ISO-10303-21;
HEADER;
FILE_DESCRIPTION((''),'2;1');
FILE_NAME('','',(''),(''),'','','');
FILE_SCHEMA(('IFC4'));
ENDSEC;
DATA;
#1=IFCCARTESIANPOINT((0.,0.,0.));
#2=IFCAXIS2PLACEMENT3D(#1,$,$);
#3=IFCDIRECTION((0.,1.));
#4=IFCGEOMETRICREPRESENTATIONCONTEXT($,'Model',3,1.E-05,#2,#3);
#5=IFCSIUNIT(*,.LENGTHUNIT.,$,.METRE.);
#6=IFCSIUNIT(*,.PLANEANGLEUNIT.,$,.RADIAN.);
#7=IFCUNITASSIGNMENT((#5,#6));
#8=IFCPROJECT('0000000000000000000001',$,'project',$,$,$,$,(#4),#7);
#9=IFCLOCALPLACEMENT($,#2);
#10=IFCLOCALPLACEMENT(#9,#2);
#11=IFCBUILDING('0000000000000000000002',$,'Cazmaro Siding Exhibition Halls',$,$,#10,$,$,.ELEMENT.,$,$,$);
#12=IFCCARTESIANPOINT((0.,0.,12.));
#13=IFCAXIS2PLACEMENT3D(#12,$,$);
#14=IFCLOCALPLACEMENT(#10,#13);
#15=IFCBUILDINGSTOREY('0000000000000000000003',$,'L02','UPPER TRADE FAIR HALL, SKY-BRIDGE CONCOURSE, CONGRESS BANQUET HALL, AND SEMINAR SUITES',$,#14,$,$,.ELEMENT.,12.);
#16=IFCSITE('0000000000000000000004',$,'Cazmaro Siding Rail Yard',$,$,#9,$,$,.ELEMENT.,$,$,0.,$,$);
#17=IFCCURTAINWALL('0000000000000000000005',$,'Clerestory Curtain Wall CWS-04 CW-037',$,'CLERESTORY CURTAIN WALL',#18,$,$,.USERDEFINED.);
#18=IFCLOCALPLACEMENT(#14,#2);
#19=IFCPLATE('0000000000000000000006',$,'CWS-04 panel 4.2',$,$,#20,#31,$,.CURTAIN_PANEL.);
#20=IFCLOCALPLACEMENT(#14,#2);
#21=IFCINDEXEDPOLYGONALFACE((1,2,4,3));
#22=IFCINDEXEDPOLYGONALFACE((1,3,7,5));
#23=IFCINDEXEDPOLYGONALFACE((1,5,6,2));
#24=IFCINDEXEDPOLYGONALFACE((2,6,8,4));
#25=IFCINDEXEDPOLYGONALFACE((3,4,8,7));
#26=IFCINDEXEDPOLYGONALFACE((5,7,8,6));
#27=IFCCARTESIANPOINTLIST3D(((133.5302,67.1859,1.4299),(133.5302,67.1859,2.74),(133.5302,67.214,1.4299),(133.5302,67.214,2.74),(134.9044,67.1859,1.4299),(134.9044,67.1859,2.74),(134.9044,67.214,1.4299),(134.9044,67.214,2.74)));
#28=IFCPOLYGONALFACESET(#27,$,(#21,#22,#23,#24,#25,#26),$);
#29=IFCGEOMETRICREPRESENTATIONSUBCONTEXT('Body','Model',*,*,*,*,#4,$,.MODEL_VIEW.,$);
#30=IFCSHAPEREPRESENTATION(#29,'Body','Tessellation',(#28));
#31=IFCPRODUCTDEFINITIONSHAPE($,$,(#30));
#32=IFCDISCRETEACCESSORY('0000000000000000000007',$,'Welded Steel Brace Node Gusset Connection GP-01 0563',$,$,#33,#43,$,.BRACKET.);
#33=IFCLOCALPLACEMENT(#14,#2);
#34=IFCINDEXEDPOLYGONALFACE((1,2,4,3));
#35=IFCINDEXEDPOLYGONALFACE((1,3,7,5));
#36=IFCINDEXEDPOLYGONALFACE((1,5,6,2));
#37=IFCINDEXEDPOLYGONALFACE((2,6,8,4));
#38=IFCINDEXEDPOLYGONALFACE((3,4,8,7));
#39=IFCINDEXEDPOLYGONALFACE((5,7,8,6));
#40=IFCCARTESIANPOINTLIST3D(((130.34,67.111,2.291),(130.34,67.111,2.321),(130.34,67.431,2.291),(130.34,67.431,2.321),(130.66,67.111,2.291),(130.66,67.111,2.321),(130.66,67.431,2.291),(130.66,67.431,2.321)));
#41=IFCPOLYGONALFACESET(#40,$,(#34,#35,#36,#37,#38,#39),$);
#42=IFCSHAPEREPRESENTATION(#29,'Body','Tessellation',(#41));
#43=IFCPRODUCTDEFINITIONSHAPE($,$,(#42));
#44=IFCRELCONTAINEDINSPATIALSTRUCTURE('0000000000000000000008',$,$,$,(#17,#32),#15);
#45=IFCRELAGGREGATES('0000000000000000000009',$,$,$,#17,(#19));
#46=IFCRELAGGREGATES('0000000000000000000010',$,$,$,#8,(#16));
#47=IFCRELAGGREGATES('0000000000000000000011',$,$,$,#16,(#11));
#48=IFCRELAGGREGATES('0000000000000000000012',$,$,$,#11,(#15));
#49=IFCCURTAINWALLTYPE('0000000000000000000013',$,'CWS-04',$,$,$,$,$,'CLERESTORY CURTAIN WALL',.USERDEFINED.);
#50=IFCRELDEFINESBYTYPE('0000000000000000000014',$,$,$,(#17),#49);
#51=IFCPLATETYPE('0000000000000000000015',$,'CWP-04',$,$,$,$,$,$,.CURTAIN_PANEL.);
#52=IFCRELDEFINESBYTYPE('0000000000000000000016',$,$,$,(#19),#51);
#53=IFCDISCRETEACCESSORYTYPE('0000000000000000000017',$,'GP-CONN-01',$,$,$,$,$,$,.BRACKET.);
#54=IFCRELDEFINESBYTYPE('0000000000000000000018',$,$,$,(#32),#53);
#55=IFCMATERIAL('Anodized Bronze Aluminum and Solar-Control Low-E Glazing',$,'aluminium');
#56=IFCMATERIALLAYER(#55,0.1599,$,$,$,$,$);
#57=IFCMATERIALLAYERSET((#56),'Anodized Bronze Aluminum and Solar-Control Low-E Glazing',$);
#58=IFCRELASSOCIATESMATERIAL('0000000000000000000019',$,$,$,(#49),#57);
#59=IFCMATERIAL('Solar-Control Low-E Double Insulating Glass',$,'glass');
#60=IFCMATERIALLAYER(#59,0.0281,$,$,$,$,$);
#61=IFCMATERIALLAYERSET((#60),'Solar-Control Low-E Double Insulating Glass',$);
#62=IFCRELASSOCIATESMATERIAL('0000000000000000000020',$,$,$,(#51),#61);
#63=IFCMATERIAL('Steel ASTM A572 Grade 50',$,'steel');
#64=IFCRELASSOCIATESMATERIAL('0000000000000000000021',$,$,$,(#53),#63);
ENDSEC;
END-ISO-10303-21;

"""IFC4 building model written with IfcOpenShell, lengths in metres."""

from ifc_helpers import new_model, si_unit, direction, frame, origin, origin_2d, place, context, subcontext, project, spatial, rectangle, extrude, material, layer, layer_set, type_object, element, aggregate, save


model = new_model("IFC4")

# Units and contexts
model_context = context("Model", 3, precision=1e-05, world=origin(), true_north=direction((0.0, 1.0)))
body_context = subcontext(model_context, "Body", "Model", "MODEL_VIEW")
ifc_project = project(units=[si_unit("LENGTHUNIT", "METRE"), si_unit("PLANEANGLEUNIT", "RADIAN")], contexts=[model_context])

# Site, building, storey
site_placement = place(None, origin())
site = spatial("IfcSite", under=ifc_project, at=site_placement, Name="Cazmaro Siding Rail Yard", CompositionType="ELEMENT", RefElevation=0.0)
building_placement = place(site_placement, origin())
building = spatial("IfcBuilding", under=site, at=building_placement, Name="Cazmaro Siding Exhibition Halls", CompositionType="ELEMENT")
storey_placement = place(building_placement, frame((0.0, 0.0, 12.0)))
storey = spatial("IfcBuildingStorey", under=building, at=storey_placement, Name="L02", Description="UPPER TRADE FAIR HALL, SKY-BRIDGE CONCOURSE, CONGRESS BANQUET HALL, AND SEMINAR SUITES", CompositionType="ELEMENT", Elevation=12.0)

# Shared definitions
ifc_material_1 = material(Name="Anodized Bronze Aluminum and Solar-Control Low-E Glazing", Category="aluminium")
ifc_layer_1 = layer(ifc_material_1, 0.1599)
ifc_layer_set_1 = layer_set([ifc_layer_1], Name="Anodized Bronze Aluminum and Solar-Control Low-E Glazing")
curtain_wall_type = type_object("IfcCurtainWallType", Name="CWS-04", ElementType="CLERESTORY CURTAIN WALL", PredefinedType="USERDEFINED", material=ifc_layer_set_1)

# Curtain wall
curtain_wall_1_placement = place(storey_placement, origin())
curtain_wall_1 = element("IfcCurtainWall", 1, at=curtain_wall_1_placement, inside=storey, type_object=curtain_wall_type, Name="Clerestory Curtain Wall CWS-04 CW-037", ObjectType="CLERESTORY CURTAIN WALL", PredefinedType="USERDEFINED")

# Plate
ifc_material_2 = material(Name="Solar-Control Low-E Double Insulating Glass", Category="glass")
ifc_layer_2 = layer(ifc_material_2, 0.0281)
ifc_layer_set_2 = layer_set([ifc_layer_2], Name="Solar-Control Low-E Double Insulating Glass")
plate_type = type_object("IfcPlateType", Name="CWP-04", PredefinedType="CURTAIN_PANEL", material=ifc_layer_set_2)
plate_1_placement = place(storey_placement, frame((134.2173, 67.2, 1.4299), z_axis=(0.0, 0.0, 1.0), x_axis=(1.0, 0.0, 0.0)))
plate_1 = element("IfcPlate", 2, at=plate_1_placement, type_object=plate_type, Name="CWS-04 panel 4.2", PredefinedType="CURTAIN_PANEL", context=body_context, shape_type="SweptSolid", body=[
    extrude(rectangle(XDim=1.3743, YDim=0.0281, at=origin_2d()), origin(), (0.0, 0.0, 1.0), 1.3101),
])
aggregate(curtain_wall_1, [plate_1])

# Discrete accessory
ifc_material_3 = material(Name="Steel ASTM A572 Grade 50", Category="steel")
discrete_accessory_type = type_object("IfcDiscreteAccessoryType", Name="GP-CONN-01", PredefinedType="BRACKET", material=ifc_material_3)
discrete_accessory_placement = place(storey_placement, frame((130.5, 67.271, 2.291), z_axis=(0.0, 0.0, 1.0), x_axis=(1.0, 0.0, 0.0)))
element("IfcDiscreteAccessory", 3, at=discrete_accessory_placement, inside=storey, type_object=discrete_accessory_type, Name="Welded Steel Brace Node Gusset Connection GP-01 0563", PredefinedType="BRACKET", context=body_context, shape_type="SweptSolid", body=[
    extrude(rectangle(XDim=0.3201, YDim=0.3201, at=origin_2d()), origin(), (0.0, 0.0, 1.0), 0.03),
])

save(model, "model.ifc")
